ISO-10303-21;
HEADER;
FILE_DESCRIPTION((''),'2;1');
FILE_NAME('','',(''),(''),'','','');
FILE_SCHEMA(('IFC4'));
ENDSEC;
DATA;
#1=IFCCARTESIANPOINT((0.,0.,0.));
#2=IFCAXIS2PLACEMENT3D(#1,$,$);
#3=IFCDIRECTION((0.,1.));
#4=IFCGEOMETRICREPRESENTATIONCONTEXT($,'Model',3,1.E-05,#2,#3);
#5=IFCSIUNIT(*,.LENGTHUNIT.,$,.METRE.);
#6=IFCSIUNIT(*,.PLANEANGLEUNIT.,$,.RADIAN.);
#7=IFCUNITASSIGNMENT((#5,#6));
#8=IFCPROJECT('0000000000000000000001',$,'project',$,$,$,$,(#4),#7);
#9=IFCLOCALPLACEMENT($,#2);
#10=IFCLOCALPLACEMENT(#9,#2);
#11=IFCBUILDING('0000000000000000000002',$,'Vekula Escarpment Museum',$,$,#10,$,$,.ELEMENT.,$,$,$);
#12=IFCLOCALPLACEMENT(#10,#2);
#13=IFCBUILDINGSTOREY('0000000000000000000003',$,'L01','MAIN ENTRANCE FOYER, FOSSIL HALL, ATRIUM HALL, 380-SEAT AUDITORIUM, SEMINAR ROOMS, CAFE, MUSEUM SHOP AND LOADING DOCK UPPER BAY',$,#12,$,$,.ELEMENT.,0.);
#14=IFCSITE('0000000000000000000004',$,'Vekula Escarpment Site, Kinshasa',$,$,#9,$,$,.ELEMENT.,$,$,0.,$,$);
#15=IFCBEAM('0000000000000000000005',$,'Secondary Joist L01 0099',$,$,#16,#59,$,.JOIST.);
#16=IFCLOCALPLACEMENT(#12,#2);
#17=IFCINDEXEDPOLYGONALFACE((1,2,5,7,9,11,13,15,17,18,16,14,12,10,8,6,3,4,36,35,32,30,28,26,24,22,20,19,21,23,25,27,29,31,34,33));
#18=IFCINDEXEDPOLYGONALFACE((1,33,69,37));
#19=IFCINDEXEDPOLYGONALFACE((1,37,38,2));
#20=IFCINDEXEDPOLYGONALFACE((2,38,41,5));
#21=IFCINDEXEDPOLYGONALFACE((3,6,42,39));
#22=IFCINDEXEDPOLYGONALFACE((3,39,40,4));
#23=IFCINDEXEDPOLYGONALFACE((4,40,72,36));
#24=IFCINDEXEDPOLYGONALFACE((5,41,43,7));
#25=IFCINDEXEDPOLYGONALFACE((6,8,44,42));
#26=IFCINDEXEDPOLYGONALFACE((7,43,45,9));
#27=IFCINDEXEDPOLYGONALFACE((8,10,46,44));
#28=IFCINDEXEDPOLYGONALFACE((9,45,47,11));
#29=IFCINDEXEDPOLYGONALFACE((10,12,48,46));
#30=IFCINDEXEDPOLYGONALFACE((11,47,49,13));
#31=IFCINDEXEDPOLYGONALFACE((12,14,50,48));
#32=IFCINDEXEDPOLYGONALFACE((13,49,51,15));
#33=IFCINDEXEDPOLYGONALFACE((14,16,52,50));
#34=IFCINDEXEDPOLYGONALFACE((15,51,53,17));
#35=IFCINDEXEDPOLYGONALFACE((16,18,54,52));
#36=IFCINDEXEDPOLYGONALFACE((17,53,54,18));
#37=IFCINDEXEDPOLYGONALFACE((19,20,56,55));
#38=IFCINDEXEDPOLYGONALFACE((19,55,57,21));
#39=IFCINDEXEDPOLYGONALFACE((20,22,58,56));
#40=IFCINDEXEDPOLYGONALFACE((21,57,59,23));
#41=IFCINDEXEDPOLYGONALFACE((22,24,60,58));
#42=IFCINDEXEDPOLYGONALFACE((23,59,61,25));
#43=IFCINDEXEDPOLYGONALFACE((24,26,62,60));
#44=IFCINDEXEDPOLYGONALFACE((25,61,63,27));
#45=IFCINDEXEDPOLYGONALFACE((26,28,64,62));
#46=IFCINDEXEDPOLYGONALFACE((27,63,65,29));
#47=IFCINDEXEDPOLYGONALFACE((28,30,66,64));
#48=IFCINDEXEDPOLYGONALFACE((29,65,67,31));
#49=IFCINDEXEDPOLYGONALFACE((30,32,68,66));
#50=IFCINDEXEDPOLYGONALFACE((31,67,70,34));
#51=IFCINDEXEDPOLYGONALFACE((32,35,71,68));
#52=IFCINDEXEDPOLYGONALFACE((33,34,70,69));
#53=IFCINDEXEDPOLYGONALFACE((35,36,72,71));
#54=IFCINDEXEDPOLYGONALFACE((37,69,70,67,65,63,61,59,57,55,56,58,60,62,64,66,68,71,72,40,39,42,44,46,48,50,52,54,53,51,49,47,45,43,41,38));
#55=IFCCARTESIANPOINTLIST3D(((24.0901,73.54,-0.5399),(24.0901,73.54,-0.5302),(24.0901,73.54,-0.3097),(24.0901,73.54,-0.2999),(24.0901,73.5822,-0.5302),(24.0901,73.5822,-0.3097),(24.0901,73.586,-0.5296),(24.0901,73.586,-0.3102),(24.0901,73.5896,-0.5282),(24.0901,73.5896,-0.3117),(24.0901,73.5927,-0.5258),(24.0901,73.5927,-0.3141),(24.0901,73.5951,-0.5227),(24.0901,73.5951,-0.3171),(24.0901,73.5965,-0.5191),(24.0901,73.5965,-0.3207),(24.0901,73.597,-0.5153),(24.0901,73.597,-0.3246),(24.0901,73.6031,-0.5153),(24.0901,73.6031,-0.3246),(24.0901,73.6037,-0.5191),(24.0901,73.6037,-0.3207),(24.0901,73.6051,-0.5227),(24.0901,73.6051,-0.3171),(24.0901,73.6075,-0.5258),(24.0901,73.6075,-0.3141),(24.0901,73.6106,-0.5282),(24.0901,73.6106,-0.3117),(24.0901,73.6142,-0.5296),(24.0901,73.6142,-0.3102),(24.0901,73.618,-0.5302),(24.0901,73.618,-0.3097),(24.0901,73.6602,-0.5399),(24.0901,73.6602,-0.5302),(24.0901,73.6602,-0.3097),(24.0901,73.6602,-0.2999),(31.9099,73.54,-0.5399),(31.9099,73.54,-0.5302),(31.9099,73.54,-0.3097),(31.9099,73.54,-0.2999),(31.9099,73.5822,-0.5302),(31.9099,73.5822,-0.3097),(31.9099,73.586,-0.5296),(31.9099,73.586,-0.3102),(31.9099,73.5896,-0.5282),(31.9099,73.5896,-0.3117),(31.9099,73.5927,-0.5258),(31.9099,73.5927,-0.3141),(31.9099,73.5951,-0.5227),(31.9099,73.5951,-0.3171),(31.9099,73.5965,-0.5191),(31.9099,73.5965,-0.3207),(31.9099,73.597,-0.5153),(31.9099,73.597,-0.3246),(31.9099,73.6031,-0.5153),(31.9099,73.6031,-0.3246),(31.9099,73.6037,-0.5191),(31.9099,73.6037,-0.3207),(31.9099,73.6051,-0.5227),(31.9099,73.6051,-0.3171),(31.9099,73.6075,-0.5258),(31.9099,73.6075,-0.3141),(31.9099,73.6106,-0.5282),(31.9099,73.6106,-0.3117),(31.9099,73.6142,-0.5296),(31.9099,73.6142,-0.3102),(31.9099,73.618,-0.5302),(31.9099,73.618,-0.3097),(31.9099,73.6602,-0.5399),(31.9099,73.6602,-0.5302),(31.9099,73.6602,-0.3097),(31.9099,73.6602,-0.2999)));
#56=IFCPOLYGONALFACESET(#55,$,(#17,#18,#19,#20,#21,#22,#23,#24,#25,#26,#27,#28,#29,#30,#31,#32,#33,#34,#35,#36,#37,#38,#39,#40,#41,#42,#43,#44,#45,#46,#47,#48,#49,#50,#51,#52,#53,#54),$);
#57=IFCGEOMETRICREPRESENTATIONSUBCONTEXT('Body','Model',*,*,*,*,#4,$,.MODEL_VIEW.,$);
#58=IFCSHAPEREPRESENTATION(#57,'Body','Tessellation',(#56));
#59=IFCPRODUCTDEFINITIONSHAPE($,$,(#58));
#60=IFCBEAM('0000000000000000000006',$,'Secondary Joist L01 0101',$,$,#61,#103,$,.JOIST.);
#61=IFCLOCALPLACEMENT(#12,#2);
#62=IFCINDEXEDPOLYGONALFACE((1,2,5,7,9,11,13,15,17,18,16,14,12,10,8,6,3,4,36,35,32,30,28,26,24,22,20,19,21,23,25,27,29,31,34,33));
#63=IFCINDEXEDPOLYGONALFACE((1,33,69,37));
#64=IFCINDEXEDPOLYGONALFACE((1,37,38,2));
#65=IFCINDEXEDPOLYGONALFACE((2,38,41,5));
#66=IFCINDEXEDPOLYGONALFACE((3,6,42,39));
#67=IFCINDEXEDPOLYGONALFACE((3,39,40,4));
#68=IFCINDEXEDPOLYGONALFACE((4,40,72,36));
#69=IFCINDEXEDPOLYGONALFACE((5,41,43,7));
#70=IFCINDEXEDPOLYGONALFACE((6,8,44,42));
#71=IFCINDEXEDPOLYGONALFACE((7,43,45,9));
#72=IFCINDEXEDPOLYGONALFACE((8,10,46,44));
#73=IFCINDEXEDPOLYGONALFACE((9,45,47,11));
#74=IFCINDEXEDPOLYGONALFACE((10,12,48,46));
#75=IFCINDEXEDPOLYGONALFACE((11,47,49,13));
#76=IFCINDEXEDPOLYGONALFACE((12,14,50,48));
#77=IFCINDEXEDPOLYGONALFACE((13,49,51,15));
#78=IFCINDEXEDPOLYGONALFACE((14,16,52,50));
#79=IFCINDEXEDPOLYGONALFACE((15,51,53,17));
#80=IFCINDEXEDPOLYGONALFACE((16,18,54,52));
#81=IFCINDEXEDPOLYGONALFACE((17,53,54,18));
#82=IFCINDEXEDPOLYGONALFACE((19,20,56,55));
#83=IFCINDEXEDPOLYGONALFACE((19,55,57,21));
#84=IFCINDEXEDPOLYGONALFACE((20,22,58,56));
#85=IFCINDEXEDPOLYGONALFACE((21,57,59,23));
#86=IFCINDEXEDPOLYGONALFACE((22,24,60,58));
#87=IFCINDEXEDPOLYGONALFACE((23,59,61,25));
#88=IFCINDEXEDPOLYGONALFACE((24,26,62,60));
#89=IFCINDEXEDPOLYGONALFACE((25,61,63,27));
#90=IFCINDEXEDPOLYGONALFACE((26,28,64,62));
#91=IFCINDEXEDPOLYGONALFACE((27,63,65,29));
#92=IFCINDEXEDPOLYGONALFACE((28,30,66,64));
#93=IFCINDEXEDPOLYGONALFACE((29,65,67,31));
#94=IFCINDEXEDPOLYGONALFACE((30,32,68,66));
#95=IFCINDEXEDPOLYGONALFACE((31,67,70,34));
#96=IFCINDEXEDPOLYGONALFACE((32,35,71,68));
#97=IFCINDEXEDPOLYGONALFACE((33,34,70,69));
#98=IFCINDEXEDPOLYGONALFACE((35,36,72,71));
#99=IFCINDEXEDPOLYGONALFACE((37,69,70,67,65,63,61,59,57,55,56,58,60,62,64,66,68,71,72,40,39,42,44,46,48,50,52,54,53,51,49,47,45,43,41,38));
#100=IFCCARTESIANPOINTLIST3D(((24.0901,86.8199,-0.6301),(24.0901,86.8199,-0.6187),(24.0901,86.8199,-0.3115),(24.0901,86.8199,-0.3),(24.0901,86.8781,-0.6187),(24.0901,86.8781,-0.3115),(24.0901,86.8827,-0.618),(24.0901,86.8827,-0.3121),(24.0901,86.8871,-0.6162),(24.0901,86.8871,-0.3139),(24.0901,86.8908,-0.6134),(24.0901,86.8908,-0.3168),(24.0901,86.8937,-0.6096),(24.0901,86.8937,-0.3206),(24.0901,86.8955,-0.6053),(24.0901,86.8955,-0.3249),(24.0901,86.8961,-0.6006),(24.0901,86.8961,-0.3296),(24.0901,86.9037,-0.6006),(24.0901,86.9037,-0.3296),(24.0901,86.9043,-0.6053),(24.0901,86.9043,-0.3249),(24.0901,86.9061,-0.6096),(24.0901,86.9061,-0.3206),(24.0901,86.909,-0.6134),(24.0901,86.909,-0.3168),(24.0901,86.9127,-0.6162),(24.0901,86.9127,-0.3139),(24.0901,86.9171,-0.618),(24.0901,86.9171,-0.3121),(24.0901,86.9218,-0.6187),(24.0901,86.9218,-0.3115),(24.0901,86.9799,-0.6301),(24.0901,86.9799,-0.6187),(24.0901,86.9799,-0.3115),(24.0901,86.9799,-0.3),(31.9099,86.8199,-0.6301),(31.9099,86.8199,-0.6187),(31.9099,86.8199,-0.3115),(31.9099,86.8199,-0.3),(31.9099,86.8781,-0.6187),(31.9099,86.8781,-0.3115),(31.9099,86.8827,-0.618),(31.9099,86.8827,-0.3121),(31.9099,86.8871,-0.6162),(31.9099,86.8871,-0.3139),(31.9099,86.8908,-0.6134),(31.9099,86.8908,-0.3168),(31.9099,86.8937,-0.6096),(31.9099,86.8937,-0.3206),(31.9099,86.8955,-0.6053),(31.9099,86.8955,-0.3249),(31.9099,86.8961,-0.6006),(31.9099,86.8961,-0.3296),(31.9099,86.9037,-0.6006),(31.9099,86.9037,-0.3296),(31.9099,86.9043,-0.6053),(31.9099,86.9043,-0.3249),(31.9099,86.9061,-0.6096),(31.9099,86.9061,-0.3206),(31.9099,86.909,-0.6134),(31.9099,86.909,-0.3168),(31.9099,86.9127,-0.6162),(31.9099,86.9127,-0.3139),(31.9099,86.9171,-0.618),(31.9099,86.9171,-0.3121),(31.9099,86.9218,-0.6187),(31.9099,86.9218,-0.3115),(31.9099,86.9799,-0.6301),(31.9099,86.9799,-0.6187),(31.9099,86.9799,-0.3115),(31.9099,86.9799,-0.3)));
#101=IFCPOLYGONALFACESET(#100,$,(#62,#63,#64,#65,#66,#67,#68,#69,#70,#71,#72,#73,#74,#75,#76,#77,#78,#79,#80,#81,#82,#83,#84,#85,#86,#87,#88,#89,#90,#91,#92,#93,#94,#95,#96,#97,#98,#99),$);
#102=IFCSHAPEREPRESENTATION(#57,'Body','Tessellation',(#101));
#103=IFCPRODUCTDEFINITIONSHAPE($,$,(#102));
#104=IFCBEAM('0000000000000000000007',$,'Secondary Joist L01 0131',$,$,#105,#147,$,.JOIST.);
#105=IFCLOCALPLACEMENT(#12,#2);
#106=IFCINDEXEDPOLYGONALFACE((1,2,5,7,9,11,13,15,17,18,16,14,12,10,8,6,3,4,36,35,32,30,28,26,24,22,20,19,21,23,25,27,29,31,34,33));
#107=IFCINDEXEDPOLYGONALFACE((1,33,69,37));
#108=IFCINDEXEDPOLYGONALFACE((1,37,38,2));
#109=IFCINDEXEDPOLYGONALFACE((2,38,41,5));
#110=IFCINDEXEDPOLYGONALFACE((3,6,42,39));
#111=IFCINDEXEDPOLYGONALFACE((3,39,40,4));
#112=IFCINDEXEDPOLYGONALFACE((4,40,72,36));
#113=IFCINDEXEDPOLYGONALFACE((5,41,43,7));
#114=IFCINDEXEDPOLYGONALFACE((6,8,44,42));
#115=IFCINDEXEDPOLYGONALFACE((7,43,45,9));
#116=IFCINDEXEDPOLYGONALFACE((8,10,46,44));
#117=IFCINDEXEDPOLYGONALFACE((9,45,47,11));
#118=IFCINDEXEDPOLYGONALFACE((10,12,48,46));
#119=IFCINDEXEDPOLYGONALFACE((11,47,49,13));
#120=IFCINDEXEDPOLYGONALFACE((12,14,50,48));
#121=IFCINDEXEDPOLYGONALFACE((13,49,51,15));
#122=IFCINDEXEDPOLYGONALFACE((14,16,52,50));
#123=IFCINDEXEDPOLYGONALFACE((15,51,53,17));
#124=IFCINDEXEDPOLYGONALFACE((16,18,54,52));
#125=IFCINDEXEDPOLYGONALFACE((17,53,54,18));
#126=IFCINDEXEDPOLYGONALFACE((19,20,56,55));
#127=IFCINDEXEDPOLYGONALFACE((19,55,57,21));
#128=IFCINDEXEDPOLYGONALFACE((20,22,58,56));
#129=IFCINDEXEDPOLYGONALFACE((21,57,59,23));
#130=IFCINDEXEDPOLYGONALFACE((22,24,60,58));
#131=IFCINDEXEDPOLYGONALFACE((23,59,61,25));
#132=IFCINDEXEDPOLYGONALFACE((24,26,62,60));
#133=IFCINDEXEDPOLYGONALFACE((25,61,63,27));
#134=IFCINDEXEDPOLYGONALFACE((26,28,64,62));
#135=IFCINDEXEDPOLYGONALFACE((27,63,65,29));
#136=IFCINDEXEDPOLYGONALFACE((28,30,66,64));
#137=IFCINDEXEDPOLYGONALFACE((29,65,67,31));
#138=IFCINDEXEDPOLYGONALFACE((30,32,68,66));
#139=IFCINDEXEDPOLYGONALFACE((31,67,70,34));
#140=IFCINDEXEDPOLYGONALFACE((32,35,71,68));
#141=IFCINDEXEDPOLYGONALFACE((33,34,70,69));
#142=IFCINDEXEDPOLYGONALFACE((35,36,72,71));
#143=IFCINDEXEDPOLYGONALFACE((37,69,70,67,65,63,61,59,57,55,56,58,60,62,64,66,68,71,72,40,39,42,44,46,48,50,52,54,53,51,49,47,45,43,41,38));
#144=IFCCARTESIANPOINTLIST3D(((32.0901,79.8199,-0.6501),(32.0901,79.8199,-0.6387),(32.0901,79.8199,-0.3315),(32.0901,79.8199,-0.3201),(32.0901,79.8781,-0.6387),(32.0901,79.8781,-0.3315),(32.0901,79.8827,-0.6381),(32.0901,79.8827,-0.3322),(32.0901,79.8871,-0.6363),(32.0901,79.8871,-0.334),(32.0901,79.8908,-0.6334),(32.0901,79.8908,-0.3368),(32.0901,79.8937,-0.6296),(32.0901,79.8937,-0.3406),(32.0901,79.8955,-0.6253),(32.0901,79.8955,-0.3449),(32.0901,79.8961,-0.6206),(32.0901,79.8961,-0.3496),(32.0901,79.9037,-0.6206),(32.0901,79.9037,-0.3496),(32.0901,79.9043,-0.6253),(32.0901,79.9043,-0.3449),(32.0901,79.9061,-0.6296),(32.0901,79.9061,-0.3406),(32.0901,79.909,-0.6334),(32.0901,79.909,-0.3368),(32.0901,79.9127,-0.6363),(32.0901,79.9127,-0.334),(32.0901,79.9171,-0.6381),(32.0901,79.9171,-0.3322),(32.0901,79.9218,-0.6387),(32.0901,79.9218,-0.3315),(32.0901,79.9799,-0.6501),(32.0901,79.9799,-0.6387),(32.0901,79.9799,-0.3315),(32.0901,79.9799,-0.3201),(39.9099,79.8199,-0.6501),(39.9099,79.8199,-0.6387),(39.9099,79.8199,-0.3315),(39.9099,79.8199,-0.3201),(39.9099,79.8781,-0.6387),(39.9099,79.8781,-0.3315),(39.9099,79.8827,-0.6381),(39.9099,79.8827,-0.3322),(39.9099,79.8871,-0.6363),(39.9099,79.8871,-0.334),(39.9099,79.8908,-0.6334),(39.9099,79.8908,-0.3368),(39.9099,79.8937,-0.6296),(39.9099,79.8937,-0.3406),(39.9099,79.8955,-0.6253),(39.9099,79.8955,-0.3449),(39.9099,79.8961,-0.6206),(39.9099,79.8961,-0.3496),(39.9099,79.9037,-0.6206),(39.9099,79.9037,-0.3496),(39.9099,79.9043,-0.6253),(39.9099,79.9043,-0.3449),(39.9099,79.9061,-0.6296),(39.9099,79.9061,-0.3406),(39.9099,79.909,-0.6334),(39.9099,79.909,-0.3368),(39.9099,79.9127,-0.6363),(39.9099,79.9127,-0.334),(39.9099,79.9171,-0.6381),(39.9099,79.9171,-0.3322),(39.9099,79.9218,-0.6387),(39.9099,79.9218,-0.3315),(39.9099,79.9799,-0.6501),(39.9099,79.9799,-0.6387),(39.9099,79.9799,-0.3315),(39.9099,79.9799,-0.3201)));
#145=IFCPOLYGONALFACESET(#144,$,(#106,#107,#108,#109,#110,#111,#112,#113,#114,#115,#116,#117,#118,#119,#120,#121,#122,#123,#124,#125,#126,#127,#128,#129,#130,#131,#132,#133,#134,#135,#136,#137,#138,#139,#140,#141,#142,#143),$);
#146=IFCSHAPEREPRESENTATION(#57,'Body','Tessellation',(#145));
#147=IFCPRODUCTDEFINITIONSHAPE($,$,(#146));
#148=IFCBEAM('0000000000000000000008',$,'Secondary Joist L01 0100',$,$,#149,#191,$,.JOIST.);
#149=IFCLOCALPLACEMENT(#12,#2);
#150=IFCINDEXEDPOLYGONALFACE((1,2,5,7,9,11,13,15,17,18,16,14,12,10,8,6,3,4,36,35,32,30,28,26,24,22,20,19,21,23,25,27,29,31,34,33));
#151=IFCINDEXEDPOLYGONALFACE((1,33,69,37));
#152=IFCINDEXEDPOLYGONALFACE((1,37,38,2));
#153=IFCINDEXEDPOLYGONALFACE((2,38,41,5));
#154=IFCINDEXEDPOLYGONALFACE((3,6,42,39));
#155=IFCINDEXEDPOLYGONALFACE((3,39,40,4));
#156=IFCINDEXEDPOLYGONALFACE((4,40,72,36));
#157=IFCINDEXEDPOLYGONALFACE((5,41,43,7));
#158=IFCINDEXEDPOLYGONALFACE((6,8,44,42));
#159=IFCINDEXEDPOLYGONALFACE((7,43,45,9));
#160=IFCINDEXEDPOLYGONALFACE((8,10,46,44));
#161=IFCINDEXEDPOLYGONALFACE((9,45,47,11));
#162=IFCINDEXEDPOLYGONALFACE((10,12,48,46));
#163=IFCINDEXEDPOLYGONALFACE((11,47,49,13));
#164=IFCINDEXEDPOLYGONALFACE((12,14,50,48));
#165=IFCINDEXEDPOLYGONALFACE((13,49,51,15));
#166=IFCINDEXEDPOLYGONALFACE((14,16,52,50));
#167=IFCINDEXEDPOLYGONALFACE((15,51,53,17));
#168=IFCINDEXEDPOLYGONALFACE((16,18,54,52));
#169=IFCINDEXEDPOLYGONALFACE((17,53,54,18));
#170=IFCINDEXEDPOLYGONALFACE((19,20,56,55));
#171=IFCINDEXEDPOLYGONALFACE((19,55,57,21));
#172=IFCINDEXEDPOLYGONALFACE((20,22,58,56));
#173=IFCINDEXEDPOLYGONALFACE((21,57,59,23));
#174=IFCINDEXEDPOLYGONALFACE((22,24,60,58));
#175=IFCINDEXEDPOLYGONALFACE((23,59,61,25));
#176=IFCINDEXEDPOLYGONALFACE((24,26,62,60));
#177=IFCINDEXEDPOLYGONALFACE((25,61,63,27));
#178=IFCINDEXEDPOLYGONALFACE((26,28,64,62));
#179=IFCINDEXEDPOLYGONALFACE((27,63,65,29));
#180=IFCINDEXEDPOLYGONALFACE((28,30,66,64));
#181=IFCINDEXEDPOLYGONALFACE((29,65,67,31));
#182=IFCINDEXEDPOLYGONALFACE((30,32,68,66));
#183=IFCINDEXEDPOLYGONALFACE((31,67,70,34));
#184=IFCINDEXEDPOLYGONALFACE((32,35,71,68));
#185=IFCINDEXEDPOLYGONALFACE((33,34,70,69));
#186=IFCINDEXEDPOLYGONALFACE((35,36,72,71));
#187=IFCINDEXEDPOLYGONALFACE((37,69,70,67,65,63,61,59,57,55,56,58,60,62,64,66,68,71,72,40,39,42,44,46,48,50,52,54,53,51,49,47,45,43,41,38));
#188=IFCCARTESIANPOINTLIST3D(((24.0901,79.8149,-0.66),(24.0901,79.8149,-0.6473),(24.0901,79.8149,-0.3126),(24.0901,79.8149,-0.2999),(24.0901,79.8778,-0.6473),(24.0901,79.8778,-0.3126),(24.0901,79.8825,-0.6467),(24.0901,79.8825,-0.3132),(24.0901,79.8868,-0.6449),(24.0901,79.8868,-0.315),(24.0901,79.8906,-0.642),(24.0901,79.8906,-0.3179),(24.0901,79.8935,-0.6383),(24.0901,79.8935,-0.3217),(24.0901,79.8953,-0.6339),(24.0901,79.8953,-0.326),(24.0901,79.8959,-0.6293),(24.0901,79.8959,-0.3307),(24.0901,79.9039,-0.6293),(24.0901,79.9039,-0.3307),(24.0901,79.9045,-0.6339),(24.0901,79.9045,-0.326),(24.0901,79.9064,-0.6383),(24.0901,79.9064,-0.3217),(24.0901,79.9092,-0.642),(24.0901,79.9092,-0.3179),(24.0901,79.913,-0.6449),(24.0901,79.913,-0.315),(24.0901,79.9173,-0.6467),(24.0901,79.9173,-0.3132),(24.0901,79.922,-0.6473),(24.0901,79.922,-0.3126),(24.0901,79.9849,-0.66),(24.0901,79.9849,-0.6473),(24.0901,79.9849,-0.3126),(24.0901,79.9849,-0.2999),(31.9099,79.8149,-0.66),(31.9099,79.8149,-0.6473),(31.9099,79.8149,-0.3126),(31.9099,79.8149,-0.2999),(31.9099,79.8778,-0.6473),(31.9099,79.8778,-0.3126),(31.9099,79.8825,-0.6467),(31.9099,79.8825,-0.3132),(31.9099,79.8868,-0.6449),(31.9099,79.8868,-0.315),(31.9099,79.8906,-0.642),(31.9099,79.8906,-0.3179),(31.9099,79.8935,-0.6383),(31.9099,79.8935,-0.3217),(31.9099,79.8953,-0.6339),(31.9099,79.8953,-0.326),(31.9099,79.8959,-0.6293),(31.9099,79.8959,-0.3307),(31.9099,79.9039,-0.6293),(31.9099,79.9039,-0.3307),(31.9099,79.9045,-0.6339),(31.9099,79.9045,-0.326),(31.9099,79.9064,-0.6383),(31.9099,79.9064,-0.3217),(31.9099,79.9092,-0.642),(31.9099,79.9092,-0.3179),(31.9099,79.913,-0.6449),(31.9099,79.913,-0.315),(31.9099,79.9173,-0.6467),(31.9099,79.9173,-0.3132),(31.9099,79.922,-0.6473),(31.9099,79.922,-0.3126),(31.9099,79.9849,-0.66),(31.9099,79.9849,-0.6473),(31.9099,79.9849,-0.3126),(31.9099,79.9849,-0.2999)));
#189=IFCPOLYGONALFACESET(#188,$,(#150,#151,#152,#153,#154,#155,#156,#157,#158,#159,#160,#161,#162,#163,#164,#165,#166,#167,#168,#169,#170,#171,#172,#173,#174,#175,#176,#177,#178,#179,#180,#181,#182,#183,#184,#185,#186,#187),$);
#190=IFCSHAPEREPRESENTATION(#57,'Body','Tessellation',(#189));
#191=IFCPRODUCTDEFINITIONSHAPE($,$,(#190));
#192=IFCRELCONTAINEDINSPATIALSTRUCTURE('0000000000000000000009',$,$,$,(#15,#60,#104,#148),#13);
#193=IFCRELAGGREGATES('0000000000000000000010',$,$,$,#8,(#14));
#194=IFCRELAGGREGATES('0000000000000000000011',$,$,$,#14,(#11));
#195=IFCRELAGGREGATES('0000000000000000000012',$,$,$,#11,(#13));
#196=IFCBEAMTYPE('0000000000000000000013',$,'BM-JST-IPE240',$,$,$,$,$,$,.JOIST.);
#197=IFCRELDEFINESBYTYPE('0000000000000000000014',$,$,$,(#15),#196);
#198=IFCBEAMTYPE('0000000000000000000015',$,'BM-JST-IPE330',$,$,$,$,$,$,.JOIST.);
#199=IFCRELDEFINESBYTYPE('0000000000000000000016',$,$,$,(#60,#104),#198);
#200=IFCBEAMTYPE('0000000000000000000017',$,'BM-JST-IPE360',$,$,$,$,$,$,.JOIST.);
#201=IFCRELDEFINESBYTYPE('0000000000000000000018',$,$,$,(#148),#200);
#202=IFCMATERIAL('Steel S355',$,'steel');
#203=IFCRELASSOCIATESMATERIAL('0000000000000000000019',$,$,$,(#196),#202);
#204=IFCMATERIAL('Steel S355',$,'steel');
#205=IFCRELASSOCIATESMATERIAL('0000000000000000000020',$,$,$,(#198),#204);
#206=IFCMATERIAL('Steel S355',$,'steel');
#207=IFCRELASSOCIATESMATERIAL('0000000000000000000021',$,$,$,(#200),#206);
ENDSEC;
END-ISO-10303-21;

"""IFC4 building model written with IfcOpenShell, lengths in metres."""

from ifc_helpers import new_model, si_unit, direction, frame, origin, origin_2d, place, context, subcontext, project, spatial, i_section, extrude, material, material_profile, profile_set, type_object, element, save


model = new_model("IFC4")

# Units and contexts
model_context = context("Model", 3, precision=1e-05, world=origin(), true_north=direction((0.0, 1.0)))
body_context = subcontext(model_context, "Body", "Model", "MODEL_VIEW")
ifc_project = project(units=[si_unit("LENGTHUNIT", "METRE"), si_unit("PLANEANGLEUNIT", "RADIAN")], contexts=[model_context])

# Site, building, storey
site_placement = place(None, origin())
site = spatial("IfcSite", under=ifc_project, at=site_placement, Name="Vekula Escarpment Site, Kinshasa", CompositionType="ELEMENT", RefElevation=0.0)
building_placement = place(site_placement, origin())
building = spatial("IfcBuilding", under=site, at=building_placement, Name="Vekula Escarpment Museum", CompositionType="ELEMENT")
storey_placement = place(building_placement, origin())
storey = spatial("IfcBuildingStorey", under=building, at=storey_placement, Name="L01", Description="MAIN ENTRANCE FOYER, FOSSIL HALL, ATRIUM HALL, 380-SEAT AUDITORIUM, SEMINAR ROOMS, CAFE, MUSEUM SHOP AND LOADING DOCK UPPER BAY", CompositionType="ELEMENT", Elevation=0.0)

# Beams
ifc_material_1 = material(Name="Steel S355", Category="steel")
ifc_material_profile_1 = material_profile(ifc_material_1, i_section(OverallWidth=0.1201, OverallDepth=0.24, WebThickness=0.0061, FlangeThickness=0.0098, FilletRadius=0.0149, at=origin_2d()), Name="IPE 240")
ifc_profile_set_1 = profile_set([ifc_material_profile_1], Name="Steel S355")
beam_type_1 = type_object("IfcBeamType", Name="BM-JST-IPE240", PredefinedType="JOIST", material=ifc_profile_set_1)
for number, where, z_axis, x_axis, name in (
    (1, (24.0901, 73.6001, -0.4199), (1.0, 0.0, 0.0), (0.0, 1.0, 0.0), "Secondary Joist L01 0099"),
):
    element("IfcBeam", number, at=place(storey_placement, frame(where, z_axis=z_axis, x_axis=x_axis)), inside=storey, type_object=beam_type_1, Name=name, PredefinedType="JOIST", context=body_context, shape_type="SweptSolid", body=[
        extrude(i_section(OverallWidth=0.1201, OverallDepth=0.24, WebThickness=0.0061, FlangeThickness=0.0098, FilletRadius=0.0149, at=origin_2d()), origin(), (0.0, 0.0, 1.0), 7.8198),
    ])
ifc_material_2 = material(Name="Steel S355", Category="steel")
ifc_material_profile_2 = material_profile(ifc_material_2, i_section(OverallWidth=0.1599, OverallDepth=0.3301, WebThickness=0.0076, FlangeThickness=0.0115, FilletRadius=0.0181, at=origin_2d()), Name="IPE 330")
ifc_profile_set_2 = profile_set([ifc_material_profile_2], Name="Steel S355")
beam_type_2 = type_object("IfcBeamType", Name="BM-JST-IPE330", PredefinedType="JOIST", material=ifc_profile_set_2)
for number, where, z_axis, x_axis, name in (
    (2, (24.0901, 86.8999, -0.4651), (1.0, 0.0, 0.0), (0.0, 1.0, 0.0), "Secondary Joist L01 0101"),
    (3, (32.0901, 79.8999, -0.4851), (1.0, 0.0, 0.0), (0.0, 1.0, 0.0), "Secondary Joist L01 0131"),
):
    element("IfcBeam", number, at=place(storey_placement, frame(where, z_axis=z_axis, x_axis=x_axis)), inside=storey, type_object=beam_type_2, Name=name, PredefinedType="JOIST", context=body_context, shape_type="SweptSolid", body=[
        extrude(i_section(OverallWidth=0.1599, OverallDepth=0.3301, WebThickness=0.0076, FlangeThickness=0.0115, FilletRadius=0.0181, at=origin_2d()), origin(), (0.0, 0.0, 1.0), 7.8198),
    ])
ifc_material_3 = material(Name="Steel S355", Category="steel")
ifc_material_profile_3 = material_profile(ifc_material_3, i_section(OverallWidth=0.1699, OverallDepth=0.3601, WebThickness=0.0081, FlangeThickness=0.0127, FilletRadius=0.0181, at=origin_2d()), Name="IPE 360")
ifc_profile_set_3 = profile_set([ifc_material_profile_3], Name="Steel S355")
beam_type_3 = type_object("IfcBeamType", Name="BM-JST-IPE360", PredefinedType="JOIST", material=ifc_profile_set_3)
for number, where, z_axis, x_axis, name in (
    (4, (24.0901, 79.8999, -0.48), (1.0, 0.0, 0.0), (0.0, 1.0, 0.0), "Secondary Joist L01 0100"),
):
    element("IfcBeam", number, at=place(storey_placement, frame(where, z_axis=z_axis, x_axis=x_axis)), inside=storey, type_object=beam_type_3, Name=name, PredefinedType="JOIST", context=body_context, shape_type="SweptSolid", body=[
        extrude(i_section(OverallWidth=0.1699, OverallDepth=0.3601, WebThickness=0.0081, FlangeThickness=0.0127, FilletRadius=0.0181, at=origin_2d()), origin(), (0.0, 0.0, 1.0), 7.8198),
    ])

save(model, "model.ifc")
